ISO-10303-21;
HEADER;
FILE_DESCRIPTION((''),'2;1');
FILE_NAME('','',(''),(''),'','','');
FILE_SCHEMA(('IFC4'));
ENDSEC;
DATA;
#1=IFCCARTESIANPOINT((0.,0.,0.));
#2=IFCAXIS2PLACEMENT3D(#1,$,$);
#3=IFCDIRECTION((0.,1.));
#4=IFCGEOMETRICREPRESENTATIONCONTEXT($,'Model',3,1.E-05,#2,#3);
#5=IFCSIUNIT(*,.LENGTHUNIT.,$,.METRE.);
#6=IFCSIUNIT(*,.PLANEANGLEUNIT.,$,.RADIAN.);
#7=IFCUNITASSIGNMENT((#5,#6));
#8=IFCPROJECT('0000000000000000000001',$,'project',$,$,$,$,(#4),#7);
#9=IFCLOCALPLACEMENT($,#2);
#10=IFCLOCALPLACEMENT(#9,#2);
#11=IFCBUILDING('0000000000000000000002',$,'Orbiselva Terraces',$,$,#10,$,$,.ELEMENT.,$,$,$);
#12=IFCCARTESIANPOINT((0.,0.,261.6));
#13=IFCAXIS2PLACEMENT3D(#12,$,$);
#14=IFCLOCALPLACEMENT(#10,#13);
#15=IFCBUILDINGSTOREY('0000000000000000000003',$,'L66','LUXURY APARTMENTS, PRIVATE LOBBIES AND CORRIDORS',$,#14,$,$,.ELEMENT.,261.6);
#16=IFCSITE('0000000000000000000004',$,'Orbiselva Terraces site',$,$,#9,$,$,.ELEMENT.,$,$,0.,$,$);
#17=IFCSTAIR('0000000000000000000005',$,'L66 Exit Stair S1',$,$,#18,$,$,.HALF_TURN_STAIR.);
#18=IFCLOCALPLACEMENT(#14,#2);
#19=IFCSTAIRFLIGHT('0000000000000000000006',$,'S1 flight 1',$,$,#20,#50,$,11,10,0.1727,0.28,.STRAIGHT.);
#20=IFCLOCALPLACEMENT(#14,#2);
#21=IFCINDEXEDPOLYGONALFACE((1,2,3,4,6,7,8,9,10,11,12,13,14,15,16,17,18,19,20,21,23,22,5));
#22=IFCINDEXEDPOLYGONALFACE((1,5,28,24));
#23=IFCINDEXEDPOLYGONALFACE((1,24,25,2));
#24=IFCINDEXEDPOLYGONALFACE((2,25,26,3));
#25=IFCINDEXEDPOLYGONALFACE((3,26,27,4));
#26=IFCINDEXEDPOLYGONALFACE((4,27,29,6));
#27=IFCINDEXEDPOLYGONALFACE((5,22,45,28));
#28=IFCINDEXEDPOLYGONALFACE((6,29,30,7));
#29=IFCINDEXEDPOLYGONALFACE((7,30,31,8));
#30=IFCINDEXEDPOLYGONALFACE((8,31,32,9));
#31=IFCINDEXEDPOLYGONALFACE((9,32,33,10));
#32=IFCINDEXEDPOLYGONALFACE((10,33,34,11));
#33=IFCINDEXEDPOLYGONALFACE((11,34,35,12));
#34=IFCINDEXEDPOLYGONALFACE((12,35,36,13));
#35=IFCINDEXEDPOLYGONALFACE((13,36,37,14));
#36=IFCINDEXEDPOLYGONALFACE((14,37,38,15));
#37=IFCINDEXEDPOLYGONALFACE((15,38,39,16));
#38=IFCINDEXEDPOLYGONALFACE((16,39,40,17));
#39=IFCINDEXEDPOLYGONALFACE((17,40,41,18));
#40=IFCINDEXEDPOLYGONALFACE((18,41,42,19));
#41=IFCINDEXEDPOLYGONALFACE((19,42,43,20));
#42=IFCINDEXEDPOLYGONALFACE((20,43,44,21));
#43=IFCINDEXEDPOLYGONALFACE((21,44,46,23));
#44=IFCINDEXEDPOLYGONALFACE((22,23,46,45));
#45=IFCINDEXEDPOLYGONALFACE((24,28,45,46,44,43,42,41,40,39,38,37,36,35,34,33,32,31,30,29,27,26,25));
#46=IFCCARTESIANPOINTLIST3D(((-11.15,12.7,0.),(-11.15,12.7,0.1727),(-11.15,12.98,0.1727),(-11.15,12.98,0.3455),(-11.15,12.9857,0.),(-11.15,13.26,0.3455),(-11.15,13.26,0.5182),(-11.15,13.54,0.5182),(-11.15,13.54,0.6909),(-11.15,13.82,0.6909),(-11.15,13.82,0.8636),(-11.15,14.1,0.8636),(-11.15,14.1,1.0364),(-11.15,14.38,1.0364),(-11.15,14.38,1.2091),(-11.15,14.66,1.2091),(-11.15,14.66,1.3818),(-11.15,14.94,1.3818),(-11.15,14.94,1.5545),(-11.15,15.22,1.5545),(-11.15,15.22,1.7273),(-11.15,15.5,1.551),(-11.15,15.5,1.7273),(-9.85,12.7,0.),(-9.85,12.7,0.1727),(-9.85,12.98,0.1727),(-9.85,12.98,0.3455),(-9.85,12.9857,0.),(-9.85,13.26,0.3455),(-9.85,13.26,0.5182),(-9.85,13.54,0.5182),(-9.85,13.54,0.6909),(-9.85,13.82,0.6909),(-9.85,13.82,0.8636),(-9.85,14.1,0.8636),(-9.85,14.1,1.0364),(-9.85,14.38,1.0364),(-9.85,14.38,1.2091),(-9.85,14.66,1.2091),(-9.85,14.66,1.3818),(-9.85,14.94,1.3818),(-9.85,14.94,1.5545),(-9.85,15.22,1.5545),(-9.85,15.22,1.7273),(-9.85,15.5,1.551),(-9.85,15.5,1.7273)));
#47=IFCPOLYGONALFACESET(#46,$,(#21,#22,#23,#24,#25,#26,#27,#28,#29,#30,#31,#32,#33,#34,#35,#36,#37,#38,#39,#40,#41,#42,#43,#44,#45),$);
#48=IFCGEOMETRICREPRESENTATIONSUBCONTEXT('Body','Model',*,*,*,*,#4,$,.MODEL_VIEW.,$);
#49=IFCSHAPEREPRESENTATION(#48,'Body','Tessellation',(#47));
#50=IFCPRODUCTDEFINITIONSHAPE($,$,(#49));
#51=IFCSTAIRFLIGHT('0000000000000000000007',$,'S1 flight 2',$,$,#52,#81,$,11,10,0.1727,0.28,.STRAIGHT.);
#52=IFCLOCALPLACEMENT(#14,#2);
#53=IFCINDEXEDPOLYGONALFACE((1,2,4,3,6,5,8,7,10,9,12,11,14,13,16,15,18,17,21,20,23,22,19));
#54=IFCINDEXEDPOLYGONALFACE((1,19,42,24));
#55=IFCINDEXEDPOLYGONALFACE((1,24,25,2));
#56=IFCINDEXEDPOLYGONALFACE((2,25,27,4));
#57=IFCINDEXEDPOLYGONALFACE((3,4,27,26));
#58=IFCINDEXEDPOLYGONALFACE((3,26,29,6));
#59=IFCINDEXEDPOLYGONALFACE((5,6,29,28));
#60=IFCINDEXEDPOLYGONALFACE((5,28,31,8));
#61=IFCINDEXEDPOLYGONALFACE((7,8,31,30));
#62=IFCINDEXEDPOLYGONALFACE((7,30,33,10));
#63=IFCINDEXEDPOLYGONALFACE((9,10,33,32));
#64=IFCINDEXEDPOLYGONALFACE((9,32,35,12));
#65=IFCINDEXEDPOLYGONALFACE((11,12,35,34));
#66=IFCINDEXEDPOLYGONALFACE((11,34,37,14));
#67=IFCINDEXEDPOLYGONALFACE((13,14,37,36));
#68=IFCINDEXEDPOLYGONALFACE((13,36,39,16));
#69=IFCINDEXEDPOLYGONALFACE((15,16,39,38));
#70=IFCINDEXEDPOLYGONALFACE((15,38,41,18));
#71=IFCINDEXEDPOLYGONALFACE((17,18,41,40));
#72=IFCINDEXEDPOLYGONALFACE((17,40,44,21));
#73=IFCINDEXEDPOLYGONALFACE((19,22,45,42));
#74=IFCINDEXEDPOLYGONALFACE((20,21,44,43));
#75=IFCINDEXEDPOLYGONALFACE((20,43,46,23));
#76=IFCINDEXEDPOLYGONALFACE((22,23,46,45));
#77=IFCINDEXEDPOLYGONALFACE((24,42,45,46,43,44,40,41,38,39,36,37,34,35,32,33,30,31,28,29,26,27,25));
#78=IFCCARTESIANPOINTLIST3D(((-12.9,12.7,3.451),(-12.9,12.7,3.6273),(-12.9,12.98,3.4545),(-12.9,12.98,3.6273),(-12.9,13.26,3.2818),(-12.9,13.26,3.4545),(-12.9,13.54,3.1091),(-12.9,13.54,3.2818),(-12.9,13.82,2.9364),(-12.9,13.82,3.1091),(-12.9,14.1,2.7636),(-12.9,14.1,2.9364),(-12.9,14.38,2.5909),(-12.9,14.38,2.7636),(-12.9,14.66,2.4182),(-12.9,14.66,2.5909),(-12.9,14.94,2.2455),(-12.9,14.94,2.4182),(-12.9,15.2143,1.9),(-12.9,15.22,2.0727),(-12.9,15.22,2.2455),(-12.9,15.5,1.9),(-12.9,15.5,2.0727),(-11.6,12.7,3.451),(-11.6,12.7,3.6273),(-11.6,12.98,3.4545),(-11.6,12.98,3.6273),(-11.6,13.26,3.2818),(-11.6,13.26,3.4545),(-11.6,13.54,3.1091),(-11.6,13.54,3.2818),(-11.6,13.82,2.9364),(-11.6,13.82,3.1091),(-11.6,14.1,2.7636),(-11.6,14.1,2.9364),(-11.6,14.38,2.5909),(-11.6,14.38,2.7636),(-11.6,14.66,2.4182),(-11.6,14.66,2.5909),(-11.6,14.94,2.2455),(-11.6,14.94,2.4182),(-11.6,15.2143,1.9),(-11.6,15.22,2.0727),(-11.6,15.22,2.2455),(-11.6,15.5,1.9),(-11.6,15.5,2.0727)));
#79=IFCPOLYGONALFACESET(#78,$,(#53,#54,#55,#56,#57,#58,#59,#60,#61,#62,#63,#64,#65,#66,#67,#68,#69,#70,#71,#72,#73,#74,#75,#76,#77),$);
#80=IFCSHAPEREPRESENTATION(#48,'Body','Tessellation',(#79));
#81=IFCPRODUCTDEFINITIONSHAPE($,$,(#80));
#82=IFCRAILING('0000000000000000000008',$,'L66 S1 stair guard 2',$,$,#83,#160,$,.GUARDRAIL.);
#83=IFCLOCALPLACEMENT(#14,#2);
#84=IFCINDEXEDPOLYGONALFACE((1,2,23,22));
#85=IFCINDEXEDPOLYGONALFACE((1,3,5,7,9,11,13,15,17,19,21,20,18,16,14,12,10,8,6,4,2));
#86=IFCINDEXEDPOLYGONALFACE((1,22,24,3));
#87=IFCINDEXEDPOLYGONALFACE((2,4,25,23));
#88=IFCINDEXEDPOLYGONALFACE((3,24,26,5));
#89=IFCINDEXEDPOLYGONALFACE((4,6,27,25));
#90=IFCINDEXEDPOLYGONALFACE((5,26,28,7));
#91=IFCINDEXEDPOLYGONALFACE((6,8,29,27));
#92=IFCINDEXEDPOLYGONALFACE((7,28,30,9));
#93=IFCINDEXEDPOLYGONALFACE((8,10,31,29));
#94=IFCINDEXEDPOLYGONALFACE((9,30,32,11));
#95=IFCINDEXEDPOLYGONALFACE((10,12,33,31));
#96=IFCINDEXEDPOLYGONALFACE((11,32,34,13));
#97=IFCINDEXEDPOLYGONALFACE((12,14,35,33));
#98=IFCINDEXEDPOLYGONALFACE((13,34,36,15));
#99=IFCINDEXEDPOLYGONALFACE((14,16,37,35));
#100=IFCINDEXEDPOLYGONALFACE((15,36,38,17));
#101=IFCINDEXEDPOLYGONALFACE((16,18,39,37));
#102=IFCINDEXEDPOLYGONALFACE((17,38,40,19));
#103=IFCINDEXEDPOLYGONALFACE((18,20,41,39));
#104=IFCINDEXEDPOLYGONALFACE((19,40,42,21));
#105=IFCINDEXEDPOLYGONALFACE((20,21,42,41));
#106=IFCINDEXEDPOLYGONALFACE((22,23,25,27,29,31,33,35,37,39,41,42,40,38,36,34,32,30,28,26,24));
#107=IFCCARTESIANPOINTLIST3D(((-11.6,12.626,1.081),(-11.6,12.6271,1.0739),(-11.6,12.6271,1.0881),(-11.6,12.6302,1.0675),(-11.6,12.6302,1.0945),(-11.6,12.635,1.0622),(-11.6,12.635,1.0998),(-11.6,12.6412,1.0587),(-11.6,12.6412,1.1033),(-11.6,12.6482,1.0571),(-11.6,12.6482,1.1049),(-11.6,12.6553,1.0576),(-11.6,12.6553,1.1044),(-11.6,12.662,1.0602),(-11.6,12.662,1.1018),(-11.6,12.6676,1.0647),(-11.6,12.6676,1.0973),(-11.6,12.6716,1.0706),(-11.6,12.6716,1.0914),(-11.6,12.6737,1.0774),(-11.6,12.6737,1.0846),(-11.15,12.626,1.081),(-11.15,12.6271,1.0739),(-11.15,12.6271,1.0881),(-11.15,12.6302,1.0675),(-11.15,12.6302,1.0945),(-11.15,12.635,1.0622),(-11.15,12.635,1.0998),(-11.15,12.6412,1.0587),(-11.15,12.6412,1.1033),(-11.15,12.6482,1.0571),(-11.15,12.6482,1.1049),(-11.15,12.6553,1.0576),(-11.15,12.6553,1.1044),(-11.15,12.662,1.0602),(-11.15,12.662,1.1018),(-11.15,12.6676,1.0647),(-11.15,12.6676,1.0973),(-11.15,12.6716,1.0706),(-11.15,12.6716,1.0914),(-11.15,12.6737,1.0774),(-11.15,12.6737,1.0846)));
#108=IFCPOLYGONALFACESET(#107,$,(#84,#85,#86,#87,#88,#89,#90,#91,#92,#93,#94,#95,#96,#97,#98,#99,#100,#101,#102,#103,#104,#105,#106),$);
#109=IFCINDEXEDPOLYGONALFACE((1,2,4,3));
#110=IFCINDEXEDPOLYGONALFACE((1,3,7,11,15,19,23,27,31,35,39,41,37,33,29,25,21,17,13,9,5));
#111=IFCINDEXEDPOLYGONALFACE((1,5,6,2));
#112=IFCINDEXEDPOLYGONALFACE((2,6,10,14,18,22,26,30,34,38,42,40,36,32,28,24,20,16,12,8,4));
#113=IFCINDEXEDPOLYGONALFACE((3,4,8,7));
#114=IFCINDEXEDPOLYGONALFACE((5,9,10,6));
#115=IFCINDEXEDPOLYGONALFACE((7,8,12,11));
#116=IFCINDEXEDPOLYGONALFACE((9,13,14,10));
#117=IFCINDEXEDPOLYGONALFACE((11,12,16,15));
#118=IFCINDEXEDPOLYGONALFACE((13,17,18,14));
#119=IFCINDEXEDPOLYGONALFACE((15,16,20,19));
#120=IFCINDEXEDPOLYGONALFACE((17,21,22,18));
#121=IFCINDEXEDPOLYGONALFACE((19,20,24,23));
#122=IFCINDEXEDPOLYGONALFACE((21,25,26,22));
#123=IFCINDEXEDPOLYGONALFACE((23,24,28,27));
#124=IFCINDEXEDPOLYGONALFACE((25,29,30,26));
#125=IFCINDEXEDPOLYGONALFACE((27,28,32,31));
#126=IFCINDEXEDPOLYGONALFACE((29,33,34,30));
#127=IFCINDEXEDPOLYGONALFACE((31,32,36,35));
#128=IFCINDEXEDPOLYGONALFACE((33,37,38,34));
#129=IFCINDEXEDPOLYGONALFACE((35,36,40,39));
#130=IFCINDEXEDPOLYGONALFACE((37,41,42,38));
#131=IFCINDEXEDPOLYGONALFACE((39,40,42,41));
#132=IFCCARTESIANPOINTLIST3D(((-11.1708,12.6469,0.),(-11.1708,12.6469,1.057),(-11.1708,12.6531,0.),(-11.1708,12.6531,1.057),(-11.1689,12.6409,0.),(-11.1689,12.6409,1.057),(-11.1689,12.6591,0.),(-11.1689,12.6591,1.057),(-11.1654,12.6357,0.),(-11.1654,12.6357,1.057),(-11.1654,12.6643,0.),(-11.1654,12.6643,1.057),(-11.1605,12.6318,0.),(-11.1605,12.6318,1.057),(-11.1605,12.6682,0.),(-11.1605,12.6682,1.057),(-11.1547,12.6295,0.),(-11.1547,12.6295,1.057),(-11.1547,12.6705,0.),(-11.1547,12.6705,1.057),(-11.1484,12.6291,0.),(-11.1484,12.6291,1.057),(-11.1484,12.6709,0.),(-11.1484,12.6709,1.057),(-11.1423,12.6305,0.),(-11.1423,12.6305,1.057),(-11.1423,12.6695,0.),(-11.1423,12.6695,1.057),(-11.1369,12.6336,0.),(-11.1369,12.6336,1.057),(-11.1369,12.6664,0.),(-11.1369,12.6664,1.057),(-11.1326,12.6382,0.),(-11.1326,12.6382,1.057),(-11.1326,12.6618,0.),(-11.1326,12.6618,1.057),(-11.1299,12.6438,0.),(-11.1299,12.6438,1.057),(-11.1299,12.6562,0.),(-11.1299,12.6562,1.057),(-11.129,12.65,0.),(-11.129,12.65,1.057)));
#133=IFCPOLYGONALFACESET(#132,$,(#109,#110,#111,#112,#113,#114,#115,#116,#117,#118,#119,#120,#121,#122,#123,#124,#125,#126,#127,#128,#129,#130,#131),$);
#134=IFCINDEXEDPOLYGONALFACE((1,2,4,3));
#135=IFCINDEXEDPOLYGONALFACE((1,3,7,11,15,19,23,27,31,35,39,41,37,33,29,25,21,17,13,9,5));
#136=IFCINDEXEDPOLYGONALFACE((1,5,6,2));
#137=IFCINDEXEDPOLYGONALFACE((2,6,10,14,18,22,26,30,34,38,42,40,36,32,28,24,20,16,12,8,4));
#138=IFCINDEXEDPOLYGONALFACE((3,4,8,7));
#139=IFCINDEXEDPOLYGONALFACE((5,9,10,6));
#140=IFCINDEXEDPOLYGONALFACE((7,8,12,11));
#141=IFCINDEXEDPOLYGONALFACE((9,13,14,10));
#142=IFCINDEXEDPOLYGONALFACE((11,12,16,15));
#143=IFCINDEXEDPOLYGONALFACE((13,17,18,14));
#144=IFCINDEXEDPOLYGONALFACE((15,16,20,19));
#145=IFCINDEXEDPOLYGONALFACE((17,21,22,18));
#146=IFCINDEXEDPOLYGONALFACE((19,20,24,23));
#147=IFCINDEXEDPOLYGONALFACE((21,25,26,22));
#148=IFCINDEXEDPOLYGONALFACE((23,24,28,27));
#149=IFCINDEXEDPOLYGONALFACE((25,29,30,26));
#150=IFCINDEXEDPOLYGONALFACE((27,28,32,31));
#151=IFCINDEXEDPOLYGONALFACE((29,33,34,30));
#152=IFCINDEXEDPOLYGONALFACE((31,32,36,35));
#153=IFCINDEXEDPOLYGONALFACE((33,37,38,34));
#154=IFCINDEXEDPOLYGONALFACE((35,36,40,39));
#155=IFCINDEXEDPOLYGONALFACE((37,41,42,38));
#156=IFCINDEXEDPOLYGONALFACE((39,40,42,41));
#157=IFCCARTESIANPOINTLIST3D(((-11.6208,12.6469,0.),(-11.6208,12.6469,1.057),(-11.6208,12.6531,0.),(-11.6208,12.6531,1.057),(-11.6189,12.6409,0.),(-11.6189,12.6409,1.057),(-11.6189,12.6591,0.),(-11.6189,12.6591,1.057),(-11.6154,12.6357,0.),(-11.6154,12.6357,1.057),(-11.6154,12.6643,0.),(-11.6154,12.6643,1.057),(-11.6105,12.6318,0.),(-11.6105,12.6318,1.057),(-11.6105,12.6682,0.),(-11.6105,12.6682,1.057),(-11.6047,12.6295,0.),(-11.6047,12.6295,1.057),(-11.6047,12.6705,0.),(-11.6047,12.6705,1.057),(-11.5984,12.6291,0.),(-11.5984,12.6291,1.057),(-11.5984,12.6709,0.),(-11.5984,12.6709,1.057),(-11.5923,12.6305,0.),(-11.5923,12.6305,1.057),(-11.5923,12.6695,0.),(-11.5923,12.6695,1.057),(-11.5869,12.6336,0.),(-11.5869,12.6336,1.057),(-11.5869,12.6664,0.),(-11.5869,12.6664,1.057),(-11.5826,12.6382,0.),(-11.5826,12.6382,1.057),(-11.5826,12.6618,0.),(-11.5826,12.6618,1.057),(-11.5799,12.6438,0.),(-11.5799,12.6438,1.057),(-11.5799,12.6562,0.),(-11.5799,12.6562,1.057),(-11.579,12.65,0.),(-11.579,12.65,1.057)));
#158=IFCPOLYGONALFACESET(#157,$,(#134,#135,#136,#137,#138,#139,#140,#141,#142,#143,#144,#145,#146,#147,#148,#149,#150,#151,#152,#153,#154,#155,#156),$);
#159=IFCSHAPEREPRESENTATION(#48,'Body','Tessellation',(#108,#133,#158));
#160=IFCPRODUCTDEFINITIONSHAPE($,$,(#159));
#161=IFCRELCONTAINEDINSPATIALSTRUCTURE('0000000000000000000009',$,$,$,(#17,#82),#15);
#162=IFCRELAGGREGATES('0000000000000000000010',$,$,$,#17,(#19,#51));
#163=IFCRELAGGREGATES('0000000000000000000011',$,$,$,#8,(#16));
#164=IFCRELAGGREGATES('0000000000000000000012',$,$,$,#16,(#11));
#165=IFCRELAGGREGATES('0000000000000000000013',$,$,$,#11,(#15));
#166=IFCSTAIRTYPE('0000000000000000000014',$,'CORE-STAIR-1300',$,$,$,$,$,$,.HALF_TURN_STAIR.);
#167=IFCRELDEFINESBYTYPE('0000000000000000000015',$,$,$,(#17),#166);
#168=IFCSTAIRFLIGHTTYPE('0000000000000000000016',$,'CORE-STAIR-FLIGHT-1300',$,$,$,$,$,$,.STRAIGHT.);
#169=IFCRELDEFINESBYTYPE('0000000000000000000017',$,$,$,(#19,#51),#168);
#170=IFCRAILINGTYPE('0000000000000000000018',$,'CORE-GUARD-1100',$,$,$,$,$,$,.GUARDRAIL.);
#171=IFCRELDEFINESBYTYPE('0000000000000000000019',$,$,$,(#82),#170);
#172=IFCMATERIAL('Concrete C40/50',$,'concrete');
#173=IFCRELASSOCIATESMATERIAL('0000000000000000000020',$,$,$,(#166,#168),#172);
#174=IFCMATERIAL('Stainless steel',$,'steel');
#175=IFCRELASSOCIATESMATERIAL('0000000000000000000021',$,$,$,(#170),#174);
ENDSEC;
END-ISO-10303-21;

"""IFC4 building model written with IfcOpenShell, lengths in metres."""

from ifc_helpers import new_model, si_unit, direction, frame, origin, origin_2d, place, context, subcontext, project, spatial, polyline, circle, outline, extrude, material, type_object, element, aggregate, save


model = new_model("IFC4")

# Units and contexts
model_context = context("Model", 3, precision=1e-05, world=origin(), true_north=direction((0.0, 1.0)))
body_context = subcontext(model_context, "Body", "Model", "MODEL_VIEW")
ifc_project = project(units=[si_unit("LENGTHUNIT", "METRE"), si_unit("PLANEANGLEUNIT", "RADIAN")], contexts=[model_context])

# Site, building, storey
site_placement = place(None, origin())
site = spatial("IfcSite", under=ifc_project, at=site_placement, Name="Orbiselva Terraces site", CompositionType="ELEMENT", RefElevation=0.0)
building_placement = place(site_placement, origin())
building = spatial("IfcBuilding", under=site, at=building_placement, Name="Orbiselva Terraces", CompositionType="ELEMENT")
storey_placement = place(building_placement, frame((0.0, 0.0, 261.6)))
storey = spatial("IfcBuildingStorey", under=building, at=storey_placement, Name="L66", Description="LUXURY APARTMENTS, PRIVATE LOBBIES AND CORRIDORS", CompositionType="ELEMENT", Elevation=261.6)

# Shared definitions
ifc_material_1 = material(Name="Concrete C40/50", Category="concrete")

# Stair, stair flights
stair_type = type_object("IfcStairType", Name="CORE-STAIR-1300", PredefinedType="HALF_TURN_STAIR", material=ifc_material_1)
stair_placement = place(storey_placement, origin())
stair = element("IfcStair", 1, at=stair_placement, inside=storey, type_object=stair_type, Name="L66 Exit Stair S1", PredefinedType="HALF_TURN_STAIR")
stair_flight_type = type_object("IfcStairFlightType", Name="CORE-STAIR-FLIGHT-1300", PredefinedType="STRAIGHT", material=ifc_material_1)
stair_flight_1_placement = place(storey_placement, frame((-10.5, 12.7, 0.0), z_axis=(0.0, 0.0, 1.0), x_axis=(0.0, 1.0, 0.0)))
stair_flight_1 = element("IfcStairFlight", 2, at=stair_flight_1_placement, type_object=stair_flight_type, Name="S1 flight 1", NumberOfRisers=11, NumberOfTreads=10, PredefinedType="STRAIGHT", RiserHeight=0.1727, TreadLength=0.28, context=body_context, shape_type="SweptSolid", body=[
    extrude(outline(polyline([(0.0, 0.0), (0.0, 0.1727), (0.28, 0.1727), (0.28, 0.3455), (0.56, 0.3455), (0.56, 0.5182), (0.84, 0.5182), (0.84, 0.6909), (1.12, 0.6909), (1.12, 0.8636), (1.4, 0.8636), (1.4, 1.0364), (1.68, 1.0364), (1.68, 1.2091), (1.96, 1.2091), (1.96, 1.3818), (2.24, 1.3818), (2.24, 1.5545), (2.52, 1.5545), (2.52, 1.7273), (2.8, 1.7273), (2.8, 1.9), (2.8, 1.551), (0.2857, 0.0), (0.0, 0.0)])), frame((0.0, 0.65, 0.0), z_axis=(0.0, -1.0, 0.0), x_axis=(1.0, 0.0, 0.0)), (0.0, 0.0, 1.0), 1.3),
])
stair_flight_2_placement = place(storey_placement, frame((-12.25, 15.5, 1.9), z_axis=(0.0, 0.0, 1.0), x_axis=(0.0, -1.0, 0.0)))
stair_flight_2 = element("IfcStairFlight", 3, at=stair_flight_2_placement, type_object=stair_flight_type, Name="S1 flight 2", NumberOfRisers=11, NumberOfTreads=10, PredefinedType="STRAIGHT", RiserHeight=0.1727, TreadLength=0.28, context=body_context, shape_type="SweptSolid", body=[
    extrude(outline(polyline([(0.0, 0.0), (0.0, 0.1727), (0.28, 0.1727), (0.28, 0.3455), (0.56, 0.3455), (0.56, 0.5182), (0.84, 0.5182), (0.84, 0.6909), (1.12, 0.6909), (1.12, 0.8636), (1.4, 0.8636), (1.4, 1.0364), (1.68, 1.0364), (1.68, 1.2091), (1.96, 1.2091), (1.96, 1.3818), (2.24, 1.3818), (2.24, 1.5545), (2.52, 1.5545), (2.52, 1.7273), (2.8, 1.7273), (2.8, 1.9), (2.8, 1.551), (0.2857, 0.0), (0.0, 0.0)])), frame((0.0, 0.65, 0.0), z_axis=(0.0, -1.0, 0.0), x_axis=(1.0, 0.0, 0.0)), (0.0, 0.0, 1.0), 1.3),
])
aggregate(stair, [stair_flight_1, stair_flight_2])

# Railing
ifc_material_2 = material(Name="Stainless steel", Category="steel")
railing_type_1 = type_object("IfcRailingType", Name="CORE-GUARD-1100", PredefinedType="GUARDRAIL", material=ifc_material_2)
railing_1_placement = place(storey_placement, frame((-11.15, 12.65, 0.0)))
element("IfcRailing", 4, at=railing_1_placement, inside=storey, type_object=railing_type_1, Name="L66 S1 stair guard 2", PredefinedType="GUARDRAIL", context=body_context, shape_type="SweptSolid", body=[
    extrude(circle(Radius=0.024, at=origin_2d()), frame((0.0, 0.0, 1.081), z_axis=(-1.0, 0.0, 0.0), x_axis=(0.0, -1.0, 0.0)), (0.0, 0.0, 1.0), 0.45),
    extrude(circle(Radius=0.021, at=origin_2d()), origin(), (0.0, 0.0, 1.0), 1.057),
    extrude(circle(Radius=0.021, at=origin_2d()), frame((-0.45, 0.0, 0.0)), (0.0, 0.0, 1.0), 1.057),
])

save(model, "model.ifc")
